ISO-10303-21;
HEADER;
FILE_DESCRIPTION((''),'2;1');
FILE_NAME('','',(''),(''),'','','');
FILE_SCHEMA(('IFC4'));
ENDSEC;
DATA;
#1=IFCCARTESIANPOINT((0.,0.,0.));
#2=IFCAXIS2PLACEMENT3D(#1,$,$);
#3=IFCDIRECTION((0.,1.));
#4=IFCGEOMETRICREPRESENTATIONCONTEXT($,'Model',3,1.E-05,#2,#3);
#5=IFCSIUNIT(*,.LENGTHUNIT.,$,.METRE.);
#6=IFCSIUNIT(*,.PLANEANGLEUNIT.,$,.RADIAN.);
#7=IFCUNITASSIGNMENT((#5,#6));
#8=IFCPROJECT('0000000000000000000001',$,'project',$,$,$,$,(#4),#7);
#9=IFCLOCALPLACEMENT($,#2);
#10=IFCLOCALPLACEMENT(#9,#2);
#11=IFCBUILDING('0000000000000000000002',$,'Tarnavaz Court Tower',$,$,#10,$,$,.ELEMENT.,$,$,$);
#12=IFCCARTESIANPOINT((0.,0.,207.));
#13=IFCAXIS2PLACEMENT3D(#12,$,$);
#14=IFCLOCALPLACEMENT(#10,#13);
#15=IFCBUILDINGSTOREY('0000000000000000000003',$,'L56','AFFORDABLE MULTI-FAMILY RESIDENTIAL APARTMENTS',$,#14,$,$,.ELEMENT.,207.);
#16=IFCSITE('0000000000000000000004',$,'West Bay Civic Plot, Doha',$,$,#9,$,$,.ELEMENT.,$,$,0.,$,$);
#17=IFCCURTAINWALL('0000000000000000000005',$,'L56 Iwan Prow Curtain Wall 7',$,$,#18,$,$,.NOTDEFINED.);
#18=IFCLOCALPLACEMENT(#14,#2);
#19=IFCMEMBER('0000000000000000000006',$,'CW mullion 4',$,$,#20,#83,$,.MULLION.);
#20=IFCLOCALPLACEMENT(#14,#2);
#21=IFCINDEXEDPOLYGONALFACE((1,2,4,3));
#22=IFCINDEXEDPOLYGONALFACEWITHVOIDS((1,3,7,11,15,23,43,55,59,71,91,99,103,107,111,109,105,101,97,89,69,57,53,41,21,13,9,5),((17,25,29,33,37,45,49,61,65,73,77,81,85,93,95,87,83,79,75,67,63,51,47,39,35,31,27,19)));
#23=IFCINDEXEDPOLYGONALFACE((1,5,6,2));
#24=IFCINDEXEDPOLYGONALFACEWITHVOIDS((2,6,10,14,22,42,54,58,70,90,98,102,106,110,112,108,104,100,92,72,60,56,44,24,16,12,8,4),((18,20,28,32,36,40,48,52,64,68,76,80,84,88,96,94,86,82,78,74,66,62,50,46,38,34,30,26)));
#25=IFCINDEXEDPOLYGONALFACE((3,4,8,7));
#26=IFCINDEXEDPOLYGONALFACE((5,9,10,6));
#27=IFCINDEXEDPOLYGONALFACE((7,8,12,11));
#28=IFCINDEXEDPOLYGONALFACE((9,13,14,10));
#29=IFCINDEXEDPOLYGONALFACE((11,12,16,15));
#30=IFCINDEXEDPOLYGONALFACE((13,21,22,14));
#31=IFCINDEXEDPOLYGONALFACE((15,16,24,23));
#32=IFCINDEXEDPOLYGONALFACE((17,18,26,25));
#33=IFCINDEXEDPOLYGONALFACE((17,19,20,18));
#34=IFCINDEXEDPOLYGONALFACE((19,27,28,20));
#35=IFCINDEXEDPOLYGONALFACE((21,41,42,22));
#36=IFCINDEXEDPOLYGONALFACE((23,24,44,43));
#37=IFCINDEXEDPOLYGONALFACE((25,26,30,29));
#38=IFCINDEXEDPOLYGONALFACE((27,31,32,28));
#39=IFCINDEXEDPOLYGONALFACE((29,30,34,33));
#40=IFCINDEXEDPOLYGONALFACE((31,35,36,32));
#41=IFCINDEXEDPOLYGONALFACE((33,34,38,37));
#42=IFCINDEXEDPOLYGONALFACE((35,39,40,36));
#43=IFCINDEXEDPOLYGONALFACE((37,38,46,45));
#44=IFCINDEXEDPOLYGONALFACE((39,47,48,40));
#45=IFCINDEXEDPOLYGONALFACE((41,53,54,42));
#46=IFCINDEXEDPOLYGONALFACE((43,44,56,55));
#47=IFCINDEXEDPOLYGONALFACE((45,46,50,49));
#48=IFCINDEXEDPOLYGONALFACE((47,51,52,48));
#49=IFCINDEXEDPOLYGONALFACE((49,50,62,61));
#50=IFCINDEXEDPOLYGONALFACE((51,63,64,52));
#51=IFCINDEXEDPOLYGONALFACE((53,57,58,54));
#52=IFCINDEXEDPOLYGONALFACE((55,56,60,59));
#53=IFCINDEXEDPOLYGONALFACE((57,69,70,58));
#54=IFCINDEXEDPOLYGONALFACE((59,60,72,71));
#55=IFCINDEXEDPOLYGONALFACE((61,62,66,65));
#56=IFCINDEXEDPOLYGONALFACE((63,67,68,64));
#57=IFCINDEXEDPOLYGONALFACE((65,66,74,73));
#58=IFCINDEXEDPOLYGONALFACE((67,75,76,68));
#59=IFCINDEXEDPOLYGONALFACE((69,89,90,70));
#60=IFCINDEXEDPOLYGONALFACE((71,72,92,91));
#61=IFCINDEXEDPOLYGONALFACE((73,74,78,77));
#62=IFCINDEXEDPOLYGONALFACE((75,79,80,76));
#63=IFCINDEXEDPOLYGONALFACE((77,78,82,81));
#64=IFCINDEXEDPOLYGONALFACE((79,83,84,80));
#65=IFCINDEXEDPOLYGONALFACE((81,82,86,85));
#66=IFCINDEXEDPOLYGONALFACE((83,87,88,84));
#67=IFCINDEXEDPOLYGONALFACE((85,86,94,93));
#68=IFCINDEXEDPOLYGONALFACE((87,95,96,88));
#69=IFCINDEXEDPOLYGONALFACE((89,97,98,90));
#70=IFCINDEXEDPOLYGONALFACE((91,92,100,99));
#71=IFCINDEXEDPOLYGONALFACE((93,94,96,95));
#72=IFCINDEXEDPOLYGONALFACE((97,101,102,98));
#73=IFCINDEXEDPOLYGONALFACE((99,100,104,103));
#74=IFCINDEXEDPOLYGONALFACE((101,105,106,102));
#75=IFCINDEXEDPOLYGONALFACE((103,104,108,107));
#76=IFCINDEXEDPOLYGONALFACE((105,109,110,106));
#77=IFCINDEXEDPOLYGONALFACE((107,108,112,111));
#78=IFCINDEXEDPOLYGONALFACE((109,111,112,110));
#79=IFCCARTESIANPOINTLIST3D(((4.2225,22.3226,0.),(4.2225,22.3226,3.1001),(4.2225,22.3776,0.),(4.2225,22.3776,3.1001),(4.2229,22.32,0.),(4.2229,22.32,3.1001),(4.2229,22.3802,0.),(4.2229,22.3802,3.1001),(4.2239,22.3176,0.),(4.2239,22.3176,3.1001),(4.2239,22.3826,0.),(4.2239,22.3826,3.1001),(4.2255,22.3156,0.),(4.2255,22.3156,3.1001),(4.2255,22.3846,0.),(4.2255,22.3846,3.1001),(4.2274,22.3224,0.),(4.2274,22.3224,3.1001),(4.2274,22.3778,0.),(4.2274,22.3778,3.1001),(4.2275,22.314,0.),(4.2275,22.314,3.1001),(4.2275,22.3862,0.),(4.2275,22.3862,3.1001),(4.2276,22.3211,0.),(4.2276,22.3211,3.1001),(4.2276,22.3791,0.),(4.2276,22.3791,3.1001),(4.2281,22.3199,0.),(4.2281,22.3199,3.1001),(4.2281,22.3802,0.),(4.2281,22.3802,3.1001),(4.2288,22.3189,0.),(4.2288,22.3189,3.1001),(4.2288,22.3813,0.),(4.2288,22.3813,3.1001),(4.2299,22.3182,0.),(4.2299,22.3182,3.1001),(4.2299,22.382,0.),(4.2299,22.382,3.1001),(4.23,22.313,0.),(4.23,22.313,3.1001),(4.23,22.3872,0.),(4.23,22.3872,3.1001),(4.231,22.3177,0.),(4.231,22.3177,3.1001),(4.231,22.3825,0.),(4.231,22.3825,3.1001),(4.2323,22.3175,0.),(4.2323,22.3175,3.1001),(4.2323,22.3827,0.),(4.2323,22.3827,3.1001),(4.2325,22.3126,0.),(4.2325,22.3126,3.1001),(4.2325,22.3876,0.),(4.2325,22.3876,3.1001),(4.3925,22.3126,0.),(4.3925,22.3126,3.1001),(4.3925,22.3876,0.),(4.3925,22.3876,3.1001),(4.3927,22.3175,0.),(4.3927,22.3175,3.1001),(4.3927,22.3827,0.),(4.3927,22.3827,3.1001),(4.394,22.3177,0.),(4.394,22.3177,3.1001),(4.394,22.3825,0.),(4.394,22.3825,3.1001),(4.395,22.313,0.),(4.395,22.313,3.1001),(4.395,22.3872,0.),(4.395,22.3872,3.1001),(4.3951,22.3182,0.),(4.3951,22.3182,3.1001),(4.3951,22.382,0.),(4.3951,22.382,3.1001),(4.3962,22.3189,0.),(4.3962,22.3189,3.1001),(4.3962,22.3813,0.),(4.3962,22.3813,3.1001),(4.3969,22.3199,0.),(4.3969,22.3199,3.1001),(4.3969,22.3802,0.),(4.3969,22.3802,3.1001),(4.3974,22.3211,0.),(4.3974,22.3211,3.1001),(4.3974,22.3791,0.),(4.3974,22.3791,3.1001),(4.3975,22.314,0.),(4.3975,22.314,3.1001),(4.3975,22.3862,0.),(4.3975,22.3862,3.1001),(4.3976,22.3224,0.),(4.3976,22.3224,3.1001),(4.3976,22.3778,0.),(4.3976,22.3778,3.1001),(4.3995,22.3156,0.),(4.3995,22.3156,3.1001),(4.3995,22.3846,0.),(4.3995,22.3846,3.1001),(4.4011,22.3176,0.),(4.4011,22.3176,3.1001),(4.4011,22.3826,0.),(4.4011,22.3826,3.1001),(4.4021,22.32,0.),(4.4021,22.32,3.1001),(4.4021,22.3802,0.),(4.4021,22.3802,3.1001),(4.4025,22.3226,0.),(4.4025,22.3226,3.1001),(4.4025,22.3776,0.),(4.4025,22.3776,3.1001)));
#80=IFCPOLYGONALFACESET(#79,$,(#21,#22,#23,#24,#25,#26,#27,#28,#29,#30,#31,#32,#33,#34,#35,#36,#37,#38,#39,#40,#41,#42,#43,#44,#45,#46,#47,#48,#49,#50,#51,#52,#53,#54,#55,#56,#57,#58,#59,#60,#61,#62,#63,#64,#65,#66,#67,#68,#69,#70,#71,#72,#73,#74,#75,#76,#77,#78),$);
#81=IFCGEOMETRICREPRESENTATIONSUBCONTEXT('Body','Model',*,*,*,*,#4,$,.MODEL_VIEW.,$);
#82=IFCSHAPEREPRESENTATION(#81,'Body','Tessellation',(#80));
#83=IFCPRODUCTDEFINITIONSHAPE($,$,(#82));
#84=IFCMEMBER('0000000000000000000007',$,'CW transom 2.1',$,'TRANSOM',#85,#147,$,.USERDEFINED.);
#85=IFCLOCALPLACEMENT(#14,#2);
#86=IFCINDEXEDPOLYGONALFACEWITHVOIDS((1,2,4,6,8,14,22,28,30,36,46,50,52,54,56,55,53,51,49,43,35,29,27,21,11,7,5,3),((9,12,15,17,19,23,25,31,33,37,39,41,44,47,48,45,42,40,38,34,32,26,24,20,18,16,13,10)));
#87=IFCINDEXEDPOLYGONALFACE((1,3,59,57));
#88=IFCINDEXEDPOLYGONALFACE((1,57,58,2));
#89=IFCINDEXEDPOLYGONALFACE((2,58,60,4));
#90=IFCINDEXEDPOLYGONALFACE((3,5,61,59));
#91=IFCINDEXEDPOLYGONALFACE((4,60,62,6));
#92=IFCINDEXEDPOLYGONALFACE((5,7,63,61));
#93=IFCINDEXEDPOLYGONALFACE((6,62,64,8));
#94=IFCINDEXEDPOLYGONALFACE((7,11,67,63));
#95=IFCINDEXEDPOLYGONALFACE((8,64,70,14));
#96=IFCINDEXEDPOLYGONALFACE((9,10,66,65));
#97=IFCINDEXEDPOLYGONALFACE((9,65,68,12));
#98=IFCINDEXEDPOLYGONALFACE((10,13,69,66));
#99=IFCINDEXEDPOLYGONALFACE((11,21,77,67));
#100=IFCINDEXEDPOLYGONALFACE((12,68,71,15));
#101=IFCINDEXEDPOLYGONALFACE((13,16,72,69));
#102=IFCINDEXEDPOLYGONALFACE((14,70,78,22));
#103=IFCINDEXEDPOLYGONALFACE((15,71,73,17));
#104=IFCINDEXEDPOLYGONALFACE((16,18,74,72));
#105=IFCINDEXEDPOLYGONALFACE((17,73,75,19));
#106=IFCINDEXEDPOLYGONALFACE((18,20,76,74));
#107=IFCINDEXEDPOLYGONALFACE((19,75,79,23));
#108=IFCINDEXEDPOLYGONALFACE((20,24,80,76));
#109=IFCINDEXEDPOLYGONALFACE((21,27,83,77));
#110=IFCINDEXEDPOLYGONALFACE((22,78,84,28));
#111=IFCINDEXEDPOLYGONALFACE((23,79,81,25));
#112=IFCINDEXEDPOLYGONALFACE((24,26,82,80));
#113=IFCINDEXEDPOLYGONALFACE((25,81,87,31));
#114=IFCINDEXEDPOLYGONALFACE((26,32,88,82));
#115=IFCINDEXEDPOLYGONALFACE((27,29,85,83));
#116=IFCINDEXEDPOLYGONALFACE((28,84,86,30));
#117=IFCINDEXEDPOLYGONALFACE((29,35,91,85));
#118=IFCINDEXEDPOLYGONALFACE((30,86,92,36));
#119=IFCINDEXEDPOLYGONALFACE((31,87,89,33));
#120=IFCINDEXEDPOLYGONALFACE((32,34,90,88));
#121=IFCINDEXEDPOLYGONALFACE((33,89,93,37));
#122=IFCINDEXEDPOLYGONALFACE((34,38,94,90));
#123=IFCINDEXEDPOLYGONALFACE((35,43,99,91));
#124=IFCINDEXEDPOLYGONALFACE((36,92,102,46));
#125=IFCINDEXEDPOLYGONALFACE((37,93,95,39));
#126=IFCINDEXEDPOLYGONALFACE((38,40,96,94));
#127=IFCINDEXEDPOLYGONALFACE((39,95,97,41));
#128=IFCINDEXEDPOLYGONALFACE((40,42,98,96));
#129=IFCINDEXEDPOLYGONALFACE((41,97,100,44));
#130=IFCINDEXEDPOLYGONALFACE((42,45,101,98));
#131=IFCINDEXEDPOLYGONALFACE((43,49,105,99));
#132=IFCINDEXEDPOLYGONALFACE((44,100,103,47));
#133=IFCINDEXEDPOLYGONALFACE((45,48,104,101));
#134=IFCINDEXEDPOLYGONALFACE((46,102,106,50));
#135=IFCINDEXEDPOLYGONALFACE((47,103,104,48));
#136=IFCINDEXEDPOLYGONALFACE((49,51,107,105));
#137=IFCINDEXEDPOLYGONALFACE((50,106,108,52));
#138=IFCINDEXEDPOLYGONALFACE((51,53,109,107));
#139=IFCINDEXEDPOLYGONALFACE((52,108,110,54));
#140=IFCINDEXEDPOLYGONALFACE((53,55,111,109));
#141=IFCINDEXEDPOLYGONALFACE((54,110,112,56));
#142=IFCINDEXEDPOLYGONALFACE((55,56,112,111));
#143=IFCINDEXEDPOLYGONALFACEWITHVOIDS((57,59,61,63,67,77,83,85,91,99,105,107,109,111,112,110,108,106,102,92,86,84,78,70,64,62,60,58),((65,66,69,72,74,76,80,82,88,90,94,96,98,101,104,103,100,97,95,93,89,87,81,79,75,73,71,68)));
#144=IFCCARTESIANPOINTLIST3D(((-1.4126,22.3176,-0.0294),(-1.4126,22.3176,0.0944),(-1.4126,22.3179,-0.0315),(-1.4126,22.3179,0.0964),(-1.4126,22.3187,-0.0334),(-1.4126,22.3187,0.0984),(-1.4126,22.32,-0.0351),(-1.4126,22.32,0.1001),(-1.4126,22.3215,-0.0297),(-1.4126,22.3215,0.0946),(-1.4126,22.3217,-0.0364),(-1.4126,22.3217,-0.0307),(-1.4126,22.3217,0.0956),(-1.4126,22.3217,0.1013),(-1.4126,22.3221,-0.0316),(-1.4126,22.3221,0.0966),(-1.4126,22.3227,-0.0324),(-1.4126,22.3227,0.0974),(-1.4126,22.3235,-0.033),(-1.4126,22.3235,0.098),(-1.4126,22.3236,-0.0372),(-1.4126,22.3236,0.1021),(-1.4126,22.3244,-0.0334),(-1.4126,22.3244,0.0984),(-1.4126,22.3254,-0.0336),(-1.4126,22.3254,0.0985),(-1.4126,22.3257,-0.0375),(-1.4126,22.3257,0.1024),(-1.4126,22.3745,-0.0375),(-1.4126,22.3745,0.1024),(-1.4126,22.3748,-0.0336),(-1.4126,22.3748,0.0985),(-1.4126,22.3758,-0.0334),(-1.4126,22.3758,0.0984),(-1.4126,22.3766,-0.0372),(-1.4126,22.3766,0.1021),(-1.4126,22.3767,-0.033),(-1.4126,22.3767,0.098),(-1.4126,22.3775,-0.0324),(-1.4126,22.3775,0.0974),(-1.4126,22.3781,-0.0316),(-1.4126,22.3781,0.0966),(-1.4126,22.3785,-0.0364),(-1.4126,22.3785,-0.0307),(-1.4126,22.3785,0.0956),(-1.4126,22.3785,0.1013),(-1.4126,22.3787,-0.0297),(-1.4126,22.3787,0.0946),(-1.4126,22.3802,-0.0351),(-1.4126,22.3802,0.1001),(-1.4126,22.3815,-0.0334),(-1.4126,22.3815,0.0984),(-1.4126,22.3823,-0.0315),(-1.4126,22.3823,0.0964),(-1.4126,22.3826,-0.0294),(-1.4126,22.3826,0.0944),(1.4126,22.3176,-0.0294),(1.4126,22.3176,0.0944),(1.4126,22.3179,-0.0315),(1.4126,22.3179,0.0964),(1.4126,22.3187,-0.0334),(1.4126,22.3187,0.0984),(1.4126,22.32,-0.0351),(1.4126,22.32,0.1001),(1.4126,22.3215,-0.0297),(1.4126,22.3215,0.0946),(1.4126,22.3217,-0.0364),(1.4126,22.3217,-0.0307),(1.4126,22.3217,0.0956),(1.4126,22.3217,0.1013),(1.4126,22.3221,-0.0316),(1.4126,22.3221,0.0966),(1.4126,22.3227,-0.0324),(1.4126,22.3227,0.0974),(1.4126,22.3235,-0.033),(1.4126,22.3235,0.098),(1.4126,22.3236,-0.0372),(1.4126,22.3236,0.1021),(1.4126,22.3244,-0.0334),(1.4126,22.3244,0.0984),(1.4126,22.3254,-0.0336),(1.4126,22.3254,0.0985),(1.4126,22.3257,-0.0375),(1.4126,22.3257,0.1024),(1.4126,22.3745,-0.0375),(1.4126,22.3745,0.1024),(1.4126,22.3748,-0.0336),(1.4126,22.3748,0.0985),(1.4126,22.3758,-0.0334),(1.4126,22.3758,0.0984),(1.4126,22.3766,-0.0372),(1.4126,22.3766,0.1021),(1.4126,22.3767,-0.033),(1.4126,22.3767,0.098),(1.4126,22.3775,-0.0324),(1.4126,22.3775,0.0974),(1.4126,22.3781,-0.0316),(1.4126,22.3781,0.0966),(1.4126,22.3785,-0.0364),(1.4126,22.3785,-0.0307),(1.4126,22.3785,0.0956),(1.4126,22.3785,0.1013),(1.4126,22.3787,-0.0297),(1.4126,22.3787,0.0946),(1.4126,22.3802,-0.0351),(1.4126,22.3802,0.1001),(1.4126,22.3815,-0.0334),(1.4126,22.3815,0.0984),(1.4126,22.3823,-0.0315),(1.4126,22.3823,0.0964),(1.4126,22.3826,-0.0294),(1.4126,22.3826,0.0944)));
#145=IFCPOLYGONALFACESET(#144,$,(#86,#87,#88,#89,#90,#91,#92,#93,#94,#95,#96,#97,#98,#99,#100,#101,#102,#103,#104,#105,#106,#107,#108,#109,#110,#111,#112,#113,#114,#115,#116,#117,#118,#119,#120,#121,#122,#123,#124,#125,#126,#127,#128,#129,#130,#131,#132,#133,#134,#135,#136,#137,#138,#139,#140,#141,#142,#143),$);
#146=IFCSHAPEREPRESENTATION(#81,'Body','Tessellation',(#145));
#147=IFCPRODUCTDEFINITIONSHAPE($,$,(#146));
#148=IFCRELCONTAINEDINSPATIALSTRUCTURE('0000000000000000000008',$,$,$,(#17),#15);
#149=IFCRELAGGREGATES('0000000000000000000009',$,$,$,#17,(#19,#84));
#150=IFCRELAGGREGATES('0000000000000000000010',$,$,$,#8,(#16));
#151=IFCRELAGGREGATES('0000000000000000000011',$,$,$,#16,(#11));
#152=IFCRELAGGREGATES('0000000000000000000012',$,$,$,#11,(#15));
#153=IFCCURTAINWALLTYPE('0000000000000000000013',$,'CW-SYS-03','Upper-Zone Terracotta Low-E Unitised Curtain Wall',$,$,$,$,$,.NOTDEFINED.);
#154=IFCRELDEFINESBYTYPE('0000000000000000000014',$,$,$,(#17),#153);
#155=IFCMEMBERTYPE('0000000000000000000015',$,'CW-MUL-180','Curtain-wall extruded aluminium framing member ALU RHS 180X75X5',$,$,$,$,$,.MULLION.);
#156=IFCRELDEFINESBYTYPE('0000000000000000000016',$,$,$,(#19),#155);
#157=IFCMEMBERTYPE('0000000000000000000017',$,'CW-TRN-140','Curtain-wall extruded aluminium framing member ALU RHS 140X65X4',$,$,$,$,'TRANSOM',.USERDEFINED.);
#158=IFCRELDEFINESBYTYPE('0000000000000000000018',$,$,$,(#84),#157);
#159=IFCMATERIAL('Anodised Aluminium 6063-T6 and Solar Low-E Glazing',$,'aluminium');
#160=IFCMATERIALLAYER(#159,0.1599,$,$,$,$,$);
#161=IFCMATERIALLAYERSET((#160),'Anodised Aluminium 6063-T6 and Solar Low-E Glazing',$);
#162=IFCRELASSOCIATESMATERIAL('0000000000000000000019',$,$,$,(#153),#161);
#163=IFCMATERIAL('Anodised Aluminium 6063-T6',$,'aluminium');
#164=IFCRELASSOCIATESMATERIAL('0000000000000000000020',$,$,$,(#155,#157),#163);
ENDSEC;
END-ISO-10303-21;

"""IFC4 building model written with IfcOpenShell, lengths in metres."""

from ifc_helpers import new_model, si_unit, direction, frame, origin, origin_2d, place, context, subcontext, project, spatial, hollow_rectangle, extrude, material, layer, layer_set, material_profile, profile_set, type_object, element, aggregate, save


model = new_model("IFC4")

# Units and contexts
model_context = context("Model", 3, precision=1e-05, world=origin(), true_north=direction((0.0, 1.0)))
body_context = subcontext(model_context, "Body", "Model", "MODEL_VIEW")
ifc_project = project(units=[si_unit("LENGTHUNIT", "METRE"), si_unit("PLANEANGLEUNIT", "RADIAN")], contexts=[model_context])

# Site, building, storey
site_placement = place(None, origin())
site = spatial("IfcSite", under=ifc_project, at=site_placement, Name="West Bay Civic Plot, Doha", CompositionType="ELEMENT", RefElevation=0.0)
building_placement = place(site_placement, origin())
building = spatial("IfcBuilding", under=site, at=building_placement, Name="Tarnavaz Court Tower", CompositionType="ELEMENT")
storey_placement = place(building_placement, frame((0.0, 0.0, 207.0)))
storey = spatial("IfcBuildingStorey", under=building, at=storey_placement, Name="L56", Description="AFFORDABLE MULTI-FAMILY RESIDENTIAL APARTMENTS", CompositionType="ELEMENT", Elevation=207.0)

# Curtain wall, members
ifc_material_1 = material(Name="Anodised Aluminium 6063-T6 and Solar Low-E Glazing", Category="aluminium")
ifc_layer_1 = layer(ifc_material_1, 0.1599)
ifc_layer_set_1 = layer_set([ifc_layer_1], Name="Anodised Aluminium 6063-T6 and Solar Low-E Glazing")
curtain_wall_type = type_object("IfcCurtainWallType", Name="CW-SYS-03", Description="Upper-Zone Terracotta Low-E Unitised Curtain Wall", PredefinedType="NOTDEFINED", material=ifc_layer_set_1)
curtain_wall_placement = place(storey_placement, origin())
curtain_wall = element("IfcCurtainWall", 1, at=curtain_wall_placement, inside=storey, type_object=curtain_wall_type, Name="L56 Iwan Prow Curtain Wall 7", PredefinedType="NOTDEFINED")
ifc_material_2 = material(Name="Anodised Aluminium 6063-T6", Category="aluminium")
ifc_material_profile_1 = material_profile(ifc_material_2, hollow_rectangle(XDim=0.075, YDim=0.1799, WallThickness=0.0049, InnerFilletRadius=0.0049, OuterFilletRadius=0.01, at=origin_2d()), Name="ALU RHS 180X75X5")
ifc_profile_set_1 = profile_set([ifc_material_profile_1], Name="Anodised Aluminium 6063-T6")
member_type_1 = type_object("IfcMemberType", Name="CW-MUL-180", Description="Curtain-wall extruded aluminium framing member ALU RHS 180X75X5", PredefinedType="MULLION", material=ifc_profile_set_1)
member_1_placement = place(storey_placement, frame((4.3125, 22.3501, 0.0), z_axis=(0.0, 0.0, 1.0), x_axis=(0.0, 1.0, 0.0)))
member_1 = element("IfcMember", 2, at=member_1_placement, type_object=member_type_1, Name="CW mullion 4", PredefinedType="MULLION", context=body_context, shape_type="SweptSolid", body=[
    extrude(hollow_rectangle(XDim=0.075, YDim=0.1799, WallThickness=0.0049, InnerFilletRadius=0.0049, OuterFilletRadius=0.01, at=origin_2d()), origin(), (0.0, 0.0, 1.0), 3.1001),
])
ifc_material_profile_2 = material_profile(ifc_material_2, hollow_rectangle(XDim=0.0649, YDim=0.1399, WallThickness=0.0039, InnerFilletRadius=0.0039, OuterFilletRadius=0.0081, at=origin_2d()), Name="ALU RHS 140X65X4")
ifc_profile_set_2 = profile_set([ifc_material_profile_2], Name="Anodised Aluminium 6063-T6")
member_type_2 = type_object("IfcMemberType", Name="CW-TRN-140", Description="Curtain-wall extruded aluminium framing member ALU RHS 140X65X4", ElementType="TRANSOM", PredefinedType="USERDEFINED", material=ifc_profile_set_2)
member_2_placement = place(storey_placement, frame((-1.4126, 22.3501, 0.0325), z_axis=(1.0, 0.0, 0.0), x_axis=(0.0, 1.0, 0.0)))
member_2 = element("IfcMember", 3, at=member_2_placement, type_object=member_type_2, Name="CW transom 2.1", ObjectType="TRANSOM", PredefinedType="USERDEFINED", context=body_context, shape_type="SweptSolid", body=[
    extrude(hollow_rectangle(XDim=0.0649, YDim=0.1399, WallThickness=0.0039, InnerFilletRadius=0.0039, OuterFilletRadius=0.0081, at=origin_2d()), origin(), (0.0, 0.0, 1.0), 2.8252),
])
aggregate(curtain_wall, [member_1, member_2])

save(model, "model.ifc")
